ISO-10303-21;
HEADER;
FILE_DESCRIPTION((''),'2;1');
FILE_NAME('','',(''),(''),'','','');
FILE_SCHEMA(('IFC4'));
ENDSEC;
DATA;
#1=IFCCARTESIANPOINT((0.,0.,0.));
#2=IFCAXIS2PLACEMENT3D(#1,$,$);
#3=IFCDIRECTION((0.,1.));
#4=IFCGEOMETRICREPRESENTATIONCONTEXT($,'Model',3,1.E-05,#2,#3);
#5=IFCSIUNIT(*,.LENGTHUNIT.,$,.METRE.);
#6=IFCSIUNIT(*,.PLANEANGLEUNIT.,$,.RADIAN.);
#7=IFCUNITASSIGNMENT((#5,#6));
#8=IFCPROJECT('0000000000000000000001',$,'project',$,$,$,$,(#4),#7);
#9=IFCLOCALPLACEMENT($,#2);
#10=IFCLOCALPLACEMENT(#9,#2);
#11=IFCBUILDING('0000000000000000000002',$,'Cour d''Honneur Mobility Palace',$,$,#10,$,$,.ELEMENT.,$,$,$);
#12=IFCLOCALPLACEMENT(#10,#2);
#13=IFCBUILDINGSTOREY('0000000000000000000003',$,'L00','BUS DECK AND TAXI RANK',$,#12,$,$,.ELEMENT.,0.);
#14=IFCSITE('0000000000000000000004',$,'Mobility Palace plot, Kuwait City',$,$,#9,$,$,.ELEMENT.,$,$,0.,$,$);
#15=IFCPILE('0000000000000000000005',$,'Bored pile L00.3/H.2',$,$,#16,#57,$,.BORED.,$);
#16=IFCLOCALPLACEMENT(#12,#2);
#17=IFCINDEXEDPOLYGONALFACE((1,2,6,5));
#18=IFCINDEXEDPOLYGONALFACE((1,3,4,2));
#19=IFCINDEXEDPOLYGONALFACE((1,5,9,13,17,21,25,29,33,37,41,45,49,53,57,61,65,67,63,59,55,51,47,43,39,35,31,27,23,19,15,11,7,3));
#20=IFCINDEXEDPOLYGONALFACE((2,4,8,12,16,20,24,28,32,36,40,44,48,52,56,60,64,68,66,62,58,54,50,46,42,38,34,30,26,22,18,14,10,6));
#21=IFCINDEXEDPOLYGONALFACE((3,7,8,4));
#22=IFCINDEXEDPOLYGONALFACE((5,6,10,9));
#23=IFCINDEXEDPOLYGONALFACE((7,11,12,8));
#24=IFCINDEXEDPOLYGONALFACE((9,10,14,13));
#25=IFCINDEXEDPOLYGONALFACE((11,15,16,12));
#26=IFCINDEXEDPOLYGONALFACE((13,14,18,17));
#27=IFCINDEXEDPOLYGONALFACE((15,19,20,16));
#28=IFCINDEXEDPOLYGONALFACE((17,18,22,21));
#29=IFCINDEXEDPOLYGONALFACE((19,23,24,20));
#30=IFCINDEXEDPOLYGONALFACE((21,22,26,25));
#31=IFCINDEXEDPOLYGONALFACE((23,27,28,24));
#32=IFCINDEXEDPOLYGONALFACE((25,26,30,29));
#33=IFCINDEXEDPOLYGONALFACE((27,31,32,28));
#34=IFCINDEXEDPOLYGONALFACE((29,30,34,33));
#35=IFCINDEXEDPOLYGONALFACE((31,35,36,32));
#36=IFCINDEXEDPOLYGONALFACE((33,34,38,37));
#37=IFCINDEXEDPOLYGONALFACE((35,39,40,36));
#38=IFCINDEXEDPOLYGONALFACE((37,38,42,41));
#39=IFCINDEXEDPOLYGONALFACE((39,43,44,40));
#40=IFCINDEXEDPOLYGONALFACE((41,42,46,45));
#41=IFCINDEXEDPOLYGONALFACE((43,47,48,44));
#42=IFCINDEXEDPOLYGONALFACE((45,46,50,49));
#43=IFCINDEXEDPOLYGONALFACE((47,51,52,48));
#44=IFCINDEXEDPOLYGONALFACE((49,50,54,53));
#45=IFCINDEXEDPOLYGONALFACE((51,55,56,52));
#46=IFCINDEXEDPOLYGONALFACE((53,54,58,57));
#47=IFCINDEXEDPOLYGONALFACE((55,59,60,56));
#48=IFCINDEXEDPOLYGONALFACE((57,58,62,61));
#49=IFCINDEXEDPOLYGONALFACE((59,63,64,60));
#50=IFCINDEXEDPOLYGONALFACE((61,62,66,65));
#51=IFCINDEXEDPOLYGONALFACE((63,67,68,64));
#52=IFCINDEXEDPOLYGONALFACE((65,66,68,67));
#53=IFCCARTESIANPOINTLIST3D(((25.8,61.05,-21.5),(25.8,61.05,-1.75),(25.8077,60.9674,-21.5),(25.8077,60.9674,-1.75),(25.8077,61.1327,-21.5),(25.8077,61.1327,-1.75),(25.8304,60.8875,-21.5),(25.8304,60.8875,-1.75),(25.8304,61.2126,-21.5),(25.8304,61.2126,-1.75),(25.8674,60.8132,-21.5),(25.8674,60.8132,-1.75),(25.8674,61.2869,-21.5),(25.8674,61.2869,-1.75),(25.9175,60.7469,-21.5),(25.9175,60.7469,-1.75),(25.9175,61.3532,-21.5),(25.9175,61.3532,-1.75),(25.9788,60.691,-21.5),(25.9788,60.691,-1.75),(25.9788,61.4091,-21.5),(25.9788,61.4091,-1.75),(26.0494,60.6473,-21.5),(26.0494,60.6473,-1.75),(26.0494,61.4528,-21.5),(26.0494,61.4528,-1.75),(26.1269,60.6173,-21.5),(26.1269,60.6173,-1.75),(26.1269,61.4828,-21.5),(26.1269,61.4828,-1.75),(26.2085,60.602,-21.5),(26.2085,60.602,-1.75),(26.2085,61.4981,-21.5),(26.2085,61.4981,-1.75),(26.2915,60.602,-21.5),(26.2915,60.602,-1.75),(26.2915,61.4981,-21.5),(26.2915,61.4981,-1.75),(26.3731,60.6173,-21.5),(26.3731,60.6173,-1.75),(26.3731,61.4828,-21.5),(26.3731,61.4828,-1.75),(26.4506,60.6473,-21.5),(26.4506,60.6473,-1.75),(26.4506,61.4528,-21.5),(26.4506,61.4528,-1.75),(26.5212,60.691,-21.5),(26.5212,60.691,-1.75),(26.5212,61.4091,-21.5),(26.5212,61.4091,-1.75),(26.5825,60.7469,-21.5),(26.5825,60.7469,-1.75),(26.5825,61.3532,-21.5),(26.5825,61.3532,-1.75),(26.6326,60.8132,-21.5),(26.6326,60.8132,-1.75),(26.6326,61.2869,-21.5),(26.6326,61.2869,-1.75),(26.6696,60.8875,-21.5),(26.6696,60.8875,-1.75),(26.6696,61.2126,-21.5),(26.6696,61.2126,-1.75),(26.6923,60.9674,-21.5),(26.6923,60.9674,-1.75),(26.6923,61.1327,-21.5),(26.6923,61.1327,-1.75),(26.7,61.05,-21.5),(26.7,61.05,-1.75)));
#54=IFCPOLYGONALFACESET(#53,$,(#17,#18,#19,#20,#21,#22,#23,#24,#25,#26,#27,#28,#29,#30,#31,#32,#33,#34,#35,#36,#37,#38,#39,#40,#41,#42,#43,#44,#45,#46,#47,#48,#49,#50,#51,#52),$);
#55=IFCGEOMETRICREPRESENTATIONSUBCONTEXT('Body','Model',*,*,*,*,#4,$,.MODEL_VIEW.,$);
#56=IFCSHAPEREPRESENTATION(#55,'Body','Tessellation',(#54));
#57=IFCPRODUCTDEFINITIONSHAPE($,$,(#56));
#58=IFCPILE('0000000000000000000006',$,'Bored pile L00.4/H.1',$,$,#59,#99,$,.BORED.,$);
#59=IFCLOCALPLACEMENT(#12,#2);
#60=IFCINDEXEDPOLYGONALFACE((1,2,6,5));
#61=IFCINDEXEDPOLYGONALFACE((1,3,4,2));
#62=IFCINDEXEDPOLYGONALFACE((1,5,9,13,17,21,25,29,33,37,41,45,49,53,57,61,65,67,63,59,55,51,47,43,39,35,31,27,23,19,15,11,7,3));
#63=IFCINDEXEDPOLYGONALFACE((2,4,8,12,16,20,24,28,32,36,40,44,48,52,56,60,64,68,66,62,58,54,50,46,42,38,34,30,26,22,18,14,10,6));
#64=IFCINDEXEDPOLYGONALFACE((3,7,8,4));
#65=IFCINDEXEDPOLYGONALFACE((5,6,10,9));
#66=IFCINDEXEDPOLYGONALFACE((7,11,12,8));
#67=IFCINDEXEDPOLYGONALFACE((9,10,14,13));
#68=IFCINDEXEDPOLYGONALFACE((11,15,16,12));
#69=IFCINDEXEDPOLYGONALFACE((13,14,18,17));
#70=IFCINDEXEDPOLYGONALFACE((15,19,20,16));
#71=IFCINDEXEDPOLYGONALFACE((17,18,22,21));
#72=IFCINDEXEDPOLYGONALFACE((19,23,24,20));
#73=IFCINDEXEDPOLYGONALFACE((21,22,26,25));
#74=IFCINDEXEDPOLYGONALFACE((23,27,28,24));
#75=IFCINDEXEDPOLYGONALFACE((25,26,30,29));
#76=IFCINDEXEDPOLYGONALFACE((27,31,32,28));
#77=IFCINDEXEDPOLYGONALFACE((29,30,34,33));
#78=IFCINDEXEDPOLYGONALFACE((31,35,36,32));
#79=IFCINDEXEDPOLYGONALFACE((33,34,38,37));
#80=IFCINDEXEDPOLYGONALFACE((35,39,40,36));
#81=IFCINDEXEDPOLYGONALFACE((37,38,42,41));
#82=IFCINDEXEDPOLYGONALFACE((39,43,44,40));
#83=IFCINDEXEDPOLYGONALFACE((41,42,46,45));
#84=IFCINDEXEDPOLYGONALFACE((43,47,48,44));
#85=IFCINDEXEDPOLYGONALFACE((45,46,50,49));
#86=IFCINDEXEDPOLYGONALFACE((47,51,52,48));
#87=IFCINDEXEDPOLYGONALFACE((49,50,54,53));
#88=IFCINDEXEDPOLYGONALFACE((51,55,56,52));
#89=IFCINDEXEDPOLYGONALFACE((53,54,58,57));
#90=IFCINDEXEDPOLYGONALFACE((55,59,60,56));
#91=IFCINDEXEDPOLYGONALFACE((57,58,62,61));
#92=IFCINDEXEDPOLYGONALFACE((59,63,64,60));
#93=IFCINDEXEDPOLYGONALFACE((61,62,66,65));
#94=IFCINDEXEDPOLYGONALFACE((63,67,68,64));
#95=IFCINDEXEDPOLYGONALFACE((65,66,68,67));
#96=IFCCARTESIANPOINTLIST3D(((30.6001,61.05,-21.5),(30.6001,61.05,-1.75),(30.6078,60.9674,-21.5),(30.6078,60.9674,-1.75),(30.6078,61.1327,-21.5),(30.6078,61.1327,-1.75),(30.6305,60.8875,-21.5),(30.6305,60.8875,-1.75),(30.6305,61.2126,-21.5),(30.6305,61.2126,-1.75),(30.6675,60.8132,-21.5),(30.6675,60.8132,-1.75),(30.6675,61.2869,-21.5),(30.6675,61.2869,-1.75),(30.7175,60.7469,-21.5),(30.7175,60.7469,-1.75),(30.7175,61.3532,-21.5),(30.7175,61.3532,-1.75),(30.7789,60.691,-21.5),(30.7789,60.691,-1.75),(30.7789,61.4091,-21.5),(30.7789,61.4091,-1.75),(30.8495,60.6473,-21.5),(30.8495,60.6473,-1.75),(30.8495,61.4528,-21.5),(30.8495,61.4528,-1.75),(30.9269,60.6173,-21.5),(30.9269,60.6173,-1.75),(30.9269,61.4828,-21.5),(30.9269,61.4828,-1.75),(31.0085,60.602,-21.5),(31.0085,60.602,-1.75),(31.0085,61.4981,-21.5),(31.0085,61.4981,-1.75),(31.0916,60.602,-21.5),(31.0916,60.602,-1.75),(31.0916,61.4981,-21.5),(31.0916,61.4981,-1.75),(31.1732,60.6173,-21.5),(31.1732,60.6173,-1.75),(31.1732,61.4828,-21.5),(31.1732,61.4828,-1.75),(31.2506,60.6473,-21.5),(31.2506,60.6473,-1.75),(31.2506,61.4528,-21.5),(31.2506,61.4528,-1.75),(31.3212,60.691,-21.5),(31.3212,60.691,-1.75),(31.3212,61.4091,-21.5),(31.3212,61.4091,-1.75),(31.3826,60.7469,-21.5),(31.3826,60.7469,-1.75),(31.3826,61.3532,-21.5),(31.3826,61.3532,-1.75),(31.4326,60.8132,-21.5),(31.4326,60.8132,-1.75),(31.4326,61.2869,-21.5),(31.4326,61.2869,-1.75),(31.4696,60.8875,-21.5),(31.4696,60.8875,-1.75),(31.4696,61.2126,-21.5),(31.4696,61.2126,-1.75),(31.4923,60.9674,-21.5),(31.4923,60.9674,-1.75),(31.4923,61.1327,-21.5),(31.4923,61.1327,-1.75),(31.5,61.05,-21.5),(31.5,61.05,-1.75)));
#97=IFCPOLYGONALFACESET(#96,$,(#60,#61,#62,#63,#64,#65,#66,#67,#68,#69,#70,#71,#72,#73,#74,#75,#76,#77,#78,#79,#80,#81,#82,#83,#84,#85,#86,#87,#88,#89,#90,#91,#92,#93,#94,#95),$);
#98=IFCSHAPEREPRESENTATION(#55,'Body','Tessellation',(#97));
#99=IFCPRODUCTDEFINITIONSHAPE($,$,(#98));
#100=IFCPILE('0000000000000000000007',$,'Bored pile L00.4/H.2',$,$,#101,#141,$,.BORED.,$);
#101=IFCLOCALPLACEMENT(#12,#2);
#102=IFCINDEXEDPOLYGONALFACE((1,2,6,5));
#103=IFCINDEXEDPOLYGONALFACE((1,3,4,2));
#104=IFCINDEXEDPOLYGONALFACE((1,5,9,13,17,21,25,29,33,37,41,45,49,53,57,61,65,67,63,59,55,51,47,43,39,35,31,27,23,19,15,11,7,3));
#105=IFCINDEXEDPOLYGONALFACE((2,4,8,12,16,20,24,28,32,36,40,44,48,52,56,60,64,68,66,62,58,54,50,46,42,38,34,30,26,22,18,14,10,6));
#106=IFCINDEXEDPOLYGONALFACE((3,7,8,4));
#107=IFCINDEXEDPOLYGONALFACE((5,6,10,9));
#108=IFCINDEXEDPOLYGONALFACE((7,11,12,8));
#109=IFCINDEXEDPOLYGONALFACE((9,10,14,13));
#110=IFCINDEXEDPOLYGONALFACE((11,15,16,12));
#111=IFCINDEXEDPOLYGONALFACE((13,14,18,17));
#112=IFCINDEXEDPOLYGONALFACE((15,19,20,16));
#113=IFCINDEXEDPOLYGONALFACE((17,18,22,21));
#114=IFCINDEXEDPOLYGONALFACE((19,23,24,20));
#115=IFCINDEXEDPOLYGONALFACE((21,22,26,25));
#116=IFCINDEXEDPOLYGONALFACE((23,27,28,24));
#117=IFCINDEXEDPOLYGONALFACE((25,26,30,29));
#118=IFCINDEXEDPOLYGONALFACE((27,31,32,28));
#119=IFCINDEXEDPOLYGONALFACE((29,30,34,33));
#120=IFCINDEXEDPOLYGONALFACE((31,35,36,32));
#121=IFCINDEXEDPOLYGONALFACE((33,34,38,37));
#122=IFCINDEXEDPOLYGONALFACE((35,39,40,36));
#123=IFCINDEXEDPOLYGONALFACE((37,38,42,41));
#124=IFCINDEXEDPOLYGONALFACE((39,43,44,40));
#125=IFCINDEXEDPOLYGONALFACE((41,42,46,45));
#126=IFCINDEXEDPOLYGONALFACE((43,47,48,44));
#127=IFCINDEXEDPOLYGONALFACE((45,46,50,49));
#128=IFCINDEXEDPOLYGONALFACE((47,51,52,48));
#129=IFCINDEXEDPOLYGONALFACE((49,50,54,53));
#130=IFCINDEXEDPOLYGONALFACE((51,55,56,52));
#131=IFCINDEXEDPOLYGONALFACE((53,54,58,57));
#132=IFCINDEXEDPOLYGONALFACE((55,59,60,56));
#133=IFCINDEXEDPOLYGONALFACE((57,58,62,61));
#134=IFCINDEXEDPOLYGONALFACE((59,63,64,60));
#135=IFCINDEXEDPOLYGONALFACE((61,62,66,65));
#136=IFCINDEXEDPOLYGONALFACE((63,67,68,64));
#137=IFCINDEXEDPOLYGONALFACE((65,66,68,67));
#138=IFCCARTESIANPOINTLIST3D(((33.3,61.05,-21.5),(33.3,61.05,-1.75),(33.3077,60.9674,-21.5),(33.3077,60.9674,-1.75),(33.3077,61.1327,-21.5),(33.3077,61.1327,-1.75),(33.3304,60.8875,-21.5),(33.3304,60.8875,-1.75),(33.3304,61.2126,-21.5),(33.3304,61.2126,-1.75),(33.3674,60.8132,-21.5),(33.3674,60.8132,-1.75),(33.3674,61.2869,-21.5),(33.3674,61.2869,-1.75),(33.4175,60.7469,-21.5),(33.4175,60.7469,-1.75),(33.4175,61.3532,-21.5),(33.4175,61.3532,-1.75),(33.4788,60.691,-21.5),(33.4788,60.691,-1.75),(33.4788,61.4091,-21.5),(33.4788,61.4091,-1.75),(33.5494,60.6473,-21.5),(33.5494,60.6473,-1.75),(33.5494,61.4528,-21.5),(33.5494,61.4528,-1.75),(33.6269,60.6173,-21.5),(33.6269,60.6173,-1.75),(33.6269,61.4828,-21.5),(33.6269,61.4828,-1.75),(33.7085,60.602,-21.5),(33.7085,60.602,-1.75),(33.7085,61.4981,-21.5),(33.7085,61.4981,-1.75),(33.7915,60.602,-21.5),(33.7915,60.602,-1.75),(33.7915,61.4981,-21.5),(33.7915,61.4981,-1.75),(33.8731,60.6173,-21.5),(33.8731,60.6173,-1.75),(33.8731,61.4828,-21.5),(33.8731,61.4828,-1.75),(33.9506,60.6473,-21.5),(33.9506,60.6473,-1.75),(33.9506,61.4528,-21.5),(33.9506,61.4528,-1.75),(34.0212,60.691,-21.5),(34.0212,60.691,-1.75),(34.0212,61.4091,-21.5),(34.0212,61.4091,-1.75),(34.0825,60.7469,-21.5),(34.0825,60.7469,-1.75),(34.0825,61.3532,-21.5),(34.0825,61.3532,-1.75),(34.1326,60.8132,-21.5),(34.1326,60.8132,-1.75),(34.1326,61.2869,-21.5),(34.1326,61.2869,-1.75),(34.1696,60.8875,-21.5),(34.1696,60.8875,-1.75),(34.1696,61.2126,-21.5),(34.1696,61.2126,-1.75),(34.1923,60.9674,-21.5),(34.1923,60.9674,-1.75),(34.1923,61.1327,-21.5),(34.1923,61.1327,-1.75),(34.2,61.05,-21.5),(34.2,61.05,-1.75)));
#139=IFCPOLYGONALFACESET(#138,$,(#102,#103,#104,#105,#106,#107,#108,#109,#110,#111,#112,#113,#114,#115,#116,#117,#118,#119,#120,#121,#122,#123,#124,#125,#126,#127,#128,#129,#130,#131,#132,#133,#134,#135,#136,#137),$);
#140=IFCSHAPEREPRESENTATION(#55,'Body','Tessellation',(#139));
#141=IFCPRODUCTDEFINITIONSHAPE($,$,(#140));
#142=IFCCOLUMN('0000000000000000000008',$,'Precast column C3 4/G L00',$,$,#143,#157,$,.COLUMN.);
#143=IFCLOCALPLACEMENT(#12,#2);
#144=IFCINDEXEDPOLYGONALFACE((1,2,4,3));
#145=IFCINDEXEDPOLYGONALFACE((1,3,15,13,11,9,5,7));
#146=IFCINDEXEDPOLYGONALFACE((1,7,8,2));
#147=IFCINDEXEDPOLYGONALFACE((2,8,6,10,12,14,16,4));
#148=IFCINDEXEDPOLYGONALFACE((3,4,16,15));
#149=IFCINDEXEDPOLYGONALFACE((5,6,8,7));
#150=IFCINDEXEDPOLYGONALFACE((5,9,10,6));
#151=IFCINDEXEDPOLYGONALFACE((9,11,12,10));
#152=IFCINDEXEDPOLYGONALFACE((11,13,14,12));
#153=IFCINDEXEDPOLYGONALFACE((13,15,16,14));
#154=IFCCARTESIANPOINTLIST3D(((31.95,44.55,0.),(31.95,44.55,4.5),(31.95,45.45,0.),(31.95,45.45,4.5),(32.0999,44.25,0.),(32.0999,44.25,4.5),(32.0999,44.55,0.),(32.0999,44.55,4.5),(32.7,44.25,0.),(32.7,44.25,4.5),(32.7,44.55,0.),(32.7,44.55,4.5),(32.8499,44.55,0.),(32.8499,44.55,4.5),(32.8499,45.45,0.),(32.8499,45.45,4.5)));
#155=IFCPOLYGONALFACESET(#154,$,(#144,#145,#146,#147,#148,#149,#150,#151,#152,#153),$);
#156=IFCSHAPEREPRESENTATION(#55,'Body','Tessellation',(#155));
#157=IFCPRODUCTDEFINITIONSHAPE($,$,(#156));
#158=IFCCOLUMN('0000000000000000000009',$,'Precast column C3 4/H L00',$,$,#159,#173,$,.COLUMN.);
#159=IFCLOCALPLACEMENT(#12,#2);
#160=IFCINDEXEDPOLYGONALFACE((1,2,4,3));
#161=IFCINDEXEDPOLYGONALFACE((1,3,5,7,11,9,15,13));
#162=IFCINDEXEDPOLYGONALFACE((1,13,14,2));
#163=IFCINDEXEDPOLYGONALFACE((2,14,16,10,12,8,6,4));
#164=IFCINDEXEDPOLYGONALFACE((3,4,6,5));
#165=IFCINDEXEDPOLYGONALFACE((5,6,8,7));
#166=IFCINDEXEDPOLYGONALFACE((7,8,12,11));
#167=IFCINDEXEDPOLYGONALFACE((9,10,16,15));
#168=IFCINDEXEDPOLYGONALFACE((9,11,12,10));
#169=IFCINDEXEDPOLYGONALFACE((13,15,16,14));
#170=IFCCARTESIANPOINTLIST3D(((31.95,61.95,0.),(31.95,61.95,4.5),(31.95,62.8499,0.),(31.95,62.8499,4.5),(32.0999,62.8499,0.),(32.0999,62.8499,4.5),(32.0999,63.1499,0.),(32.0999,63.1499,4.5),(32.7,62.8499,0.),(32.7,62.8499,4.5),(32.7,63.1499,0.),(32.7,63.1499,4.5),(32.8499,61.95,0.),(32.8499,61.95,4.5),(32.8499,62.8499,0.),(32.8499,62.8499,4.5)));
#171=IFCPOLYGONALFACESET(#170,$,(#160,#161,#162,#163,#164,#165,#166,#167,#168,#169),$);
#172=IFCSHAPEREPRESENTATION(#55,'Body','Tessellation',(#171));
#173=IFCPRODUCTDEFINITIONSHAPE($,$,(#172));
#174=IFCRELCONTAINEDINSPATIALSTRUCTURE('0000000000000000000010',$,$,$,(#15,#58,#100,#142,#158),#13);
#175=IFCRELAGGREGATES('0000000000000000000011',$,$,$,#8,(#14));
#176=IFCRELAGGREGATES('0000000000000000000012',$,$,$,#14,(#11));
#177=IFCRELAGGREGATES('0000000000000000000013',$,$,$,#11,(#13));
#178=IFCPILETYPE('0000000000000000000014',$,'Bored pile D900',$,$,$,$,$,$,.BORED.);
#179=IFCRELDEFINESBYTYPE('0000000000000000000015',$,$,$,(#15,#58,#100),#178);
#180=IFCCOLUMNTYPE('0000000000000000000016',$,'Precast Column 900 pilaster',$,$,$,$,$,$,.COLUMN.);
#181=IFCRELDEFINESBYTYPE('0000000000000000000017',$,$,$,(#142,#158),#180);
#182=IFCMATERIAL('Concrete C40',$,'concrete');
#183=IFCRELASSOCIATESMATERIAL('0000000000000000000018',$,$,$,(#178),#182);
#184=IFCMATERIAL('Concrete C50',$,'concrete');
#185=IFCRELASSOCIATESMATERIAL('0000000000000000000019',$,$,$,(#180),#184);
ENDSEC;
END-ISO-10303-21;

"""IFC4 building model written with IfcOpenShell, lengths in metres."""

from ifc_helpers import new_model, si_unit, direction, frame, origin, origin_2d, place, context, subcontext, project, spatial, polyline, circle, outline, extrude, material, material_profile, profile_set, type_object, element, save


model = new_model("IFC4")

# Units and contexts
model_context = context("Model", 3, precision=1e-05, world=origin(), true_north=direction((0.0, 1.0)))
body_context = subcontext(model_context, "Body", "Model", "MODEL_VIEW")
ifc_project = project(units=[si_unit("LENGTHUNIT", "METRE"), si_unit("PLANEANGLEUNIT", "RADIAN")], contexts=[model_context])

# Site, building, storey
site_placement = place(None, origin())
site = spatial("IfcSite", under=ifc_project, at=site_placement, Name="Mobility Palace plot, Kuwait City", CompositionType="ELEMENT", RefElevation=0.0)
building_placement = place(site_placement, origin())
building = spatial("IfcBuilding", under=site, at=building_placement, Name="Cour d'Honneur Mobility Palace", CompositionType="ELEMENT")
storey_placement = place(building_placement, origin())
storey = spatial("IfcBuildingStorey", under=building, at=storey_placement, Name="L00", Description="BUS DECK AND TAXI RANK", CompositionType="ELEMENT", Elevation=0.0)

# Piles
ifc_material_1 = material(Name="Concrete C40", Category="concrete")
ifc_material_profile_1 = material_profile(ifc_material_1, circle(Radius=0.45, at=origin_2d()), Name="Bored pile D900")
ifc_profile_set_1 = profile_set([ifc_material_profile_1], Name="Concrete C40")
pile_type = type_object("IfcPileType", Name="Bored pile D900", PredefinedType="BORED", material=ifc_profile_set_1)
for number, where, z_axis, x_axis, name in (
    (1, (26.25, 61.05, -1.75), (0.0, 0.0, -1.0), (1.0, 0.0, 0.0), "Bored pile L00.3/H.2"),
    (2, (31.05, 61.05, -1.75), (0.0, 0.0, -1.0), (1.0, 0.0, 0.0), "Bored pile L00.4/H.1"),
    (3, (33.75, 61.05, -1.75), (0.0, 0.0, -1.0), (1.0, 0.0, 0.0), "Bored pile L00.4/H.2"),
):
    element("IfcPile", number, at=place(storey_placement, frame(where, z_axis=z_axis, x_axis=x_axis)), inside=storey, type_object=pile_type, Name=name, PredefinedType="BORED", context=body_context, shape_type="SweptSolid", body=[
        extrude(circle(Radius=0.45, at=origin_2d()), origin(), (0.0, 0.0, 1.0), 19.75),
    ])

# Columns
ifc_material_2 = material(Name="Concrete C50", Category="concrete")
ifc_material_profile_2 = material_profile(ifc_material_2, outline(polyline([(-0.45, -0.45), (0.45, -0.45), (0.45, -0.3), (0.75, -0.3), (0.75, 0.3), (0.45, 0.3), (0.45, 0.45), (-0.45, 0.45), (-0.45, -0.45)])), Name="PC C900 pilaster")
ifc_profile_set_2 = profile_set([ifc_material_profile_2], Name="Concrete C50")
column_type = type_object("IfcColumnType", Name="Precast Column 900 pilaster", PredefinedType="COLUMN", material=ifc_profile_set_2)
for number, where, z_axis, x_axis, name in (
    (4, (32.3999, 45.0, 0.0), (0.0, 0.0, 1.0), (0.0, -1.0, 0.0), "Precast column C3 4/G L00"),
    (5, (32.3999, 62.3999, 0.0), (0.0, 0.0, 1.0), (0.0, 1.0, 0.0), "Precast column C3 4/H L00"),
):
    element("IfcColumn", number, at=place(storey_placement, frame(where, z_axis=z_axis, x_axis=x_axis)), inside=storey, type_object=column_type, Name=name, PredefinedType="COLUMN", context=body_context, shape_type="SweptSolid", body=[
        extrude(outline(polyline([(-0.45, -0.45), (0.45, -0.45), (0.45, -0.3), (0.75, -0.3), (0.75, 0.3), (0.45, 0.3), (0.45, 0.45), (-0.45, 0.45), (-0.45, -0.45)])), origin(), (0.0, 0.0, 1.0), 4.5),
    ])

save(model, "model.ifc")
